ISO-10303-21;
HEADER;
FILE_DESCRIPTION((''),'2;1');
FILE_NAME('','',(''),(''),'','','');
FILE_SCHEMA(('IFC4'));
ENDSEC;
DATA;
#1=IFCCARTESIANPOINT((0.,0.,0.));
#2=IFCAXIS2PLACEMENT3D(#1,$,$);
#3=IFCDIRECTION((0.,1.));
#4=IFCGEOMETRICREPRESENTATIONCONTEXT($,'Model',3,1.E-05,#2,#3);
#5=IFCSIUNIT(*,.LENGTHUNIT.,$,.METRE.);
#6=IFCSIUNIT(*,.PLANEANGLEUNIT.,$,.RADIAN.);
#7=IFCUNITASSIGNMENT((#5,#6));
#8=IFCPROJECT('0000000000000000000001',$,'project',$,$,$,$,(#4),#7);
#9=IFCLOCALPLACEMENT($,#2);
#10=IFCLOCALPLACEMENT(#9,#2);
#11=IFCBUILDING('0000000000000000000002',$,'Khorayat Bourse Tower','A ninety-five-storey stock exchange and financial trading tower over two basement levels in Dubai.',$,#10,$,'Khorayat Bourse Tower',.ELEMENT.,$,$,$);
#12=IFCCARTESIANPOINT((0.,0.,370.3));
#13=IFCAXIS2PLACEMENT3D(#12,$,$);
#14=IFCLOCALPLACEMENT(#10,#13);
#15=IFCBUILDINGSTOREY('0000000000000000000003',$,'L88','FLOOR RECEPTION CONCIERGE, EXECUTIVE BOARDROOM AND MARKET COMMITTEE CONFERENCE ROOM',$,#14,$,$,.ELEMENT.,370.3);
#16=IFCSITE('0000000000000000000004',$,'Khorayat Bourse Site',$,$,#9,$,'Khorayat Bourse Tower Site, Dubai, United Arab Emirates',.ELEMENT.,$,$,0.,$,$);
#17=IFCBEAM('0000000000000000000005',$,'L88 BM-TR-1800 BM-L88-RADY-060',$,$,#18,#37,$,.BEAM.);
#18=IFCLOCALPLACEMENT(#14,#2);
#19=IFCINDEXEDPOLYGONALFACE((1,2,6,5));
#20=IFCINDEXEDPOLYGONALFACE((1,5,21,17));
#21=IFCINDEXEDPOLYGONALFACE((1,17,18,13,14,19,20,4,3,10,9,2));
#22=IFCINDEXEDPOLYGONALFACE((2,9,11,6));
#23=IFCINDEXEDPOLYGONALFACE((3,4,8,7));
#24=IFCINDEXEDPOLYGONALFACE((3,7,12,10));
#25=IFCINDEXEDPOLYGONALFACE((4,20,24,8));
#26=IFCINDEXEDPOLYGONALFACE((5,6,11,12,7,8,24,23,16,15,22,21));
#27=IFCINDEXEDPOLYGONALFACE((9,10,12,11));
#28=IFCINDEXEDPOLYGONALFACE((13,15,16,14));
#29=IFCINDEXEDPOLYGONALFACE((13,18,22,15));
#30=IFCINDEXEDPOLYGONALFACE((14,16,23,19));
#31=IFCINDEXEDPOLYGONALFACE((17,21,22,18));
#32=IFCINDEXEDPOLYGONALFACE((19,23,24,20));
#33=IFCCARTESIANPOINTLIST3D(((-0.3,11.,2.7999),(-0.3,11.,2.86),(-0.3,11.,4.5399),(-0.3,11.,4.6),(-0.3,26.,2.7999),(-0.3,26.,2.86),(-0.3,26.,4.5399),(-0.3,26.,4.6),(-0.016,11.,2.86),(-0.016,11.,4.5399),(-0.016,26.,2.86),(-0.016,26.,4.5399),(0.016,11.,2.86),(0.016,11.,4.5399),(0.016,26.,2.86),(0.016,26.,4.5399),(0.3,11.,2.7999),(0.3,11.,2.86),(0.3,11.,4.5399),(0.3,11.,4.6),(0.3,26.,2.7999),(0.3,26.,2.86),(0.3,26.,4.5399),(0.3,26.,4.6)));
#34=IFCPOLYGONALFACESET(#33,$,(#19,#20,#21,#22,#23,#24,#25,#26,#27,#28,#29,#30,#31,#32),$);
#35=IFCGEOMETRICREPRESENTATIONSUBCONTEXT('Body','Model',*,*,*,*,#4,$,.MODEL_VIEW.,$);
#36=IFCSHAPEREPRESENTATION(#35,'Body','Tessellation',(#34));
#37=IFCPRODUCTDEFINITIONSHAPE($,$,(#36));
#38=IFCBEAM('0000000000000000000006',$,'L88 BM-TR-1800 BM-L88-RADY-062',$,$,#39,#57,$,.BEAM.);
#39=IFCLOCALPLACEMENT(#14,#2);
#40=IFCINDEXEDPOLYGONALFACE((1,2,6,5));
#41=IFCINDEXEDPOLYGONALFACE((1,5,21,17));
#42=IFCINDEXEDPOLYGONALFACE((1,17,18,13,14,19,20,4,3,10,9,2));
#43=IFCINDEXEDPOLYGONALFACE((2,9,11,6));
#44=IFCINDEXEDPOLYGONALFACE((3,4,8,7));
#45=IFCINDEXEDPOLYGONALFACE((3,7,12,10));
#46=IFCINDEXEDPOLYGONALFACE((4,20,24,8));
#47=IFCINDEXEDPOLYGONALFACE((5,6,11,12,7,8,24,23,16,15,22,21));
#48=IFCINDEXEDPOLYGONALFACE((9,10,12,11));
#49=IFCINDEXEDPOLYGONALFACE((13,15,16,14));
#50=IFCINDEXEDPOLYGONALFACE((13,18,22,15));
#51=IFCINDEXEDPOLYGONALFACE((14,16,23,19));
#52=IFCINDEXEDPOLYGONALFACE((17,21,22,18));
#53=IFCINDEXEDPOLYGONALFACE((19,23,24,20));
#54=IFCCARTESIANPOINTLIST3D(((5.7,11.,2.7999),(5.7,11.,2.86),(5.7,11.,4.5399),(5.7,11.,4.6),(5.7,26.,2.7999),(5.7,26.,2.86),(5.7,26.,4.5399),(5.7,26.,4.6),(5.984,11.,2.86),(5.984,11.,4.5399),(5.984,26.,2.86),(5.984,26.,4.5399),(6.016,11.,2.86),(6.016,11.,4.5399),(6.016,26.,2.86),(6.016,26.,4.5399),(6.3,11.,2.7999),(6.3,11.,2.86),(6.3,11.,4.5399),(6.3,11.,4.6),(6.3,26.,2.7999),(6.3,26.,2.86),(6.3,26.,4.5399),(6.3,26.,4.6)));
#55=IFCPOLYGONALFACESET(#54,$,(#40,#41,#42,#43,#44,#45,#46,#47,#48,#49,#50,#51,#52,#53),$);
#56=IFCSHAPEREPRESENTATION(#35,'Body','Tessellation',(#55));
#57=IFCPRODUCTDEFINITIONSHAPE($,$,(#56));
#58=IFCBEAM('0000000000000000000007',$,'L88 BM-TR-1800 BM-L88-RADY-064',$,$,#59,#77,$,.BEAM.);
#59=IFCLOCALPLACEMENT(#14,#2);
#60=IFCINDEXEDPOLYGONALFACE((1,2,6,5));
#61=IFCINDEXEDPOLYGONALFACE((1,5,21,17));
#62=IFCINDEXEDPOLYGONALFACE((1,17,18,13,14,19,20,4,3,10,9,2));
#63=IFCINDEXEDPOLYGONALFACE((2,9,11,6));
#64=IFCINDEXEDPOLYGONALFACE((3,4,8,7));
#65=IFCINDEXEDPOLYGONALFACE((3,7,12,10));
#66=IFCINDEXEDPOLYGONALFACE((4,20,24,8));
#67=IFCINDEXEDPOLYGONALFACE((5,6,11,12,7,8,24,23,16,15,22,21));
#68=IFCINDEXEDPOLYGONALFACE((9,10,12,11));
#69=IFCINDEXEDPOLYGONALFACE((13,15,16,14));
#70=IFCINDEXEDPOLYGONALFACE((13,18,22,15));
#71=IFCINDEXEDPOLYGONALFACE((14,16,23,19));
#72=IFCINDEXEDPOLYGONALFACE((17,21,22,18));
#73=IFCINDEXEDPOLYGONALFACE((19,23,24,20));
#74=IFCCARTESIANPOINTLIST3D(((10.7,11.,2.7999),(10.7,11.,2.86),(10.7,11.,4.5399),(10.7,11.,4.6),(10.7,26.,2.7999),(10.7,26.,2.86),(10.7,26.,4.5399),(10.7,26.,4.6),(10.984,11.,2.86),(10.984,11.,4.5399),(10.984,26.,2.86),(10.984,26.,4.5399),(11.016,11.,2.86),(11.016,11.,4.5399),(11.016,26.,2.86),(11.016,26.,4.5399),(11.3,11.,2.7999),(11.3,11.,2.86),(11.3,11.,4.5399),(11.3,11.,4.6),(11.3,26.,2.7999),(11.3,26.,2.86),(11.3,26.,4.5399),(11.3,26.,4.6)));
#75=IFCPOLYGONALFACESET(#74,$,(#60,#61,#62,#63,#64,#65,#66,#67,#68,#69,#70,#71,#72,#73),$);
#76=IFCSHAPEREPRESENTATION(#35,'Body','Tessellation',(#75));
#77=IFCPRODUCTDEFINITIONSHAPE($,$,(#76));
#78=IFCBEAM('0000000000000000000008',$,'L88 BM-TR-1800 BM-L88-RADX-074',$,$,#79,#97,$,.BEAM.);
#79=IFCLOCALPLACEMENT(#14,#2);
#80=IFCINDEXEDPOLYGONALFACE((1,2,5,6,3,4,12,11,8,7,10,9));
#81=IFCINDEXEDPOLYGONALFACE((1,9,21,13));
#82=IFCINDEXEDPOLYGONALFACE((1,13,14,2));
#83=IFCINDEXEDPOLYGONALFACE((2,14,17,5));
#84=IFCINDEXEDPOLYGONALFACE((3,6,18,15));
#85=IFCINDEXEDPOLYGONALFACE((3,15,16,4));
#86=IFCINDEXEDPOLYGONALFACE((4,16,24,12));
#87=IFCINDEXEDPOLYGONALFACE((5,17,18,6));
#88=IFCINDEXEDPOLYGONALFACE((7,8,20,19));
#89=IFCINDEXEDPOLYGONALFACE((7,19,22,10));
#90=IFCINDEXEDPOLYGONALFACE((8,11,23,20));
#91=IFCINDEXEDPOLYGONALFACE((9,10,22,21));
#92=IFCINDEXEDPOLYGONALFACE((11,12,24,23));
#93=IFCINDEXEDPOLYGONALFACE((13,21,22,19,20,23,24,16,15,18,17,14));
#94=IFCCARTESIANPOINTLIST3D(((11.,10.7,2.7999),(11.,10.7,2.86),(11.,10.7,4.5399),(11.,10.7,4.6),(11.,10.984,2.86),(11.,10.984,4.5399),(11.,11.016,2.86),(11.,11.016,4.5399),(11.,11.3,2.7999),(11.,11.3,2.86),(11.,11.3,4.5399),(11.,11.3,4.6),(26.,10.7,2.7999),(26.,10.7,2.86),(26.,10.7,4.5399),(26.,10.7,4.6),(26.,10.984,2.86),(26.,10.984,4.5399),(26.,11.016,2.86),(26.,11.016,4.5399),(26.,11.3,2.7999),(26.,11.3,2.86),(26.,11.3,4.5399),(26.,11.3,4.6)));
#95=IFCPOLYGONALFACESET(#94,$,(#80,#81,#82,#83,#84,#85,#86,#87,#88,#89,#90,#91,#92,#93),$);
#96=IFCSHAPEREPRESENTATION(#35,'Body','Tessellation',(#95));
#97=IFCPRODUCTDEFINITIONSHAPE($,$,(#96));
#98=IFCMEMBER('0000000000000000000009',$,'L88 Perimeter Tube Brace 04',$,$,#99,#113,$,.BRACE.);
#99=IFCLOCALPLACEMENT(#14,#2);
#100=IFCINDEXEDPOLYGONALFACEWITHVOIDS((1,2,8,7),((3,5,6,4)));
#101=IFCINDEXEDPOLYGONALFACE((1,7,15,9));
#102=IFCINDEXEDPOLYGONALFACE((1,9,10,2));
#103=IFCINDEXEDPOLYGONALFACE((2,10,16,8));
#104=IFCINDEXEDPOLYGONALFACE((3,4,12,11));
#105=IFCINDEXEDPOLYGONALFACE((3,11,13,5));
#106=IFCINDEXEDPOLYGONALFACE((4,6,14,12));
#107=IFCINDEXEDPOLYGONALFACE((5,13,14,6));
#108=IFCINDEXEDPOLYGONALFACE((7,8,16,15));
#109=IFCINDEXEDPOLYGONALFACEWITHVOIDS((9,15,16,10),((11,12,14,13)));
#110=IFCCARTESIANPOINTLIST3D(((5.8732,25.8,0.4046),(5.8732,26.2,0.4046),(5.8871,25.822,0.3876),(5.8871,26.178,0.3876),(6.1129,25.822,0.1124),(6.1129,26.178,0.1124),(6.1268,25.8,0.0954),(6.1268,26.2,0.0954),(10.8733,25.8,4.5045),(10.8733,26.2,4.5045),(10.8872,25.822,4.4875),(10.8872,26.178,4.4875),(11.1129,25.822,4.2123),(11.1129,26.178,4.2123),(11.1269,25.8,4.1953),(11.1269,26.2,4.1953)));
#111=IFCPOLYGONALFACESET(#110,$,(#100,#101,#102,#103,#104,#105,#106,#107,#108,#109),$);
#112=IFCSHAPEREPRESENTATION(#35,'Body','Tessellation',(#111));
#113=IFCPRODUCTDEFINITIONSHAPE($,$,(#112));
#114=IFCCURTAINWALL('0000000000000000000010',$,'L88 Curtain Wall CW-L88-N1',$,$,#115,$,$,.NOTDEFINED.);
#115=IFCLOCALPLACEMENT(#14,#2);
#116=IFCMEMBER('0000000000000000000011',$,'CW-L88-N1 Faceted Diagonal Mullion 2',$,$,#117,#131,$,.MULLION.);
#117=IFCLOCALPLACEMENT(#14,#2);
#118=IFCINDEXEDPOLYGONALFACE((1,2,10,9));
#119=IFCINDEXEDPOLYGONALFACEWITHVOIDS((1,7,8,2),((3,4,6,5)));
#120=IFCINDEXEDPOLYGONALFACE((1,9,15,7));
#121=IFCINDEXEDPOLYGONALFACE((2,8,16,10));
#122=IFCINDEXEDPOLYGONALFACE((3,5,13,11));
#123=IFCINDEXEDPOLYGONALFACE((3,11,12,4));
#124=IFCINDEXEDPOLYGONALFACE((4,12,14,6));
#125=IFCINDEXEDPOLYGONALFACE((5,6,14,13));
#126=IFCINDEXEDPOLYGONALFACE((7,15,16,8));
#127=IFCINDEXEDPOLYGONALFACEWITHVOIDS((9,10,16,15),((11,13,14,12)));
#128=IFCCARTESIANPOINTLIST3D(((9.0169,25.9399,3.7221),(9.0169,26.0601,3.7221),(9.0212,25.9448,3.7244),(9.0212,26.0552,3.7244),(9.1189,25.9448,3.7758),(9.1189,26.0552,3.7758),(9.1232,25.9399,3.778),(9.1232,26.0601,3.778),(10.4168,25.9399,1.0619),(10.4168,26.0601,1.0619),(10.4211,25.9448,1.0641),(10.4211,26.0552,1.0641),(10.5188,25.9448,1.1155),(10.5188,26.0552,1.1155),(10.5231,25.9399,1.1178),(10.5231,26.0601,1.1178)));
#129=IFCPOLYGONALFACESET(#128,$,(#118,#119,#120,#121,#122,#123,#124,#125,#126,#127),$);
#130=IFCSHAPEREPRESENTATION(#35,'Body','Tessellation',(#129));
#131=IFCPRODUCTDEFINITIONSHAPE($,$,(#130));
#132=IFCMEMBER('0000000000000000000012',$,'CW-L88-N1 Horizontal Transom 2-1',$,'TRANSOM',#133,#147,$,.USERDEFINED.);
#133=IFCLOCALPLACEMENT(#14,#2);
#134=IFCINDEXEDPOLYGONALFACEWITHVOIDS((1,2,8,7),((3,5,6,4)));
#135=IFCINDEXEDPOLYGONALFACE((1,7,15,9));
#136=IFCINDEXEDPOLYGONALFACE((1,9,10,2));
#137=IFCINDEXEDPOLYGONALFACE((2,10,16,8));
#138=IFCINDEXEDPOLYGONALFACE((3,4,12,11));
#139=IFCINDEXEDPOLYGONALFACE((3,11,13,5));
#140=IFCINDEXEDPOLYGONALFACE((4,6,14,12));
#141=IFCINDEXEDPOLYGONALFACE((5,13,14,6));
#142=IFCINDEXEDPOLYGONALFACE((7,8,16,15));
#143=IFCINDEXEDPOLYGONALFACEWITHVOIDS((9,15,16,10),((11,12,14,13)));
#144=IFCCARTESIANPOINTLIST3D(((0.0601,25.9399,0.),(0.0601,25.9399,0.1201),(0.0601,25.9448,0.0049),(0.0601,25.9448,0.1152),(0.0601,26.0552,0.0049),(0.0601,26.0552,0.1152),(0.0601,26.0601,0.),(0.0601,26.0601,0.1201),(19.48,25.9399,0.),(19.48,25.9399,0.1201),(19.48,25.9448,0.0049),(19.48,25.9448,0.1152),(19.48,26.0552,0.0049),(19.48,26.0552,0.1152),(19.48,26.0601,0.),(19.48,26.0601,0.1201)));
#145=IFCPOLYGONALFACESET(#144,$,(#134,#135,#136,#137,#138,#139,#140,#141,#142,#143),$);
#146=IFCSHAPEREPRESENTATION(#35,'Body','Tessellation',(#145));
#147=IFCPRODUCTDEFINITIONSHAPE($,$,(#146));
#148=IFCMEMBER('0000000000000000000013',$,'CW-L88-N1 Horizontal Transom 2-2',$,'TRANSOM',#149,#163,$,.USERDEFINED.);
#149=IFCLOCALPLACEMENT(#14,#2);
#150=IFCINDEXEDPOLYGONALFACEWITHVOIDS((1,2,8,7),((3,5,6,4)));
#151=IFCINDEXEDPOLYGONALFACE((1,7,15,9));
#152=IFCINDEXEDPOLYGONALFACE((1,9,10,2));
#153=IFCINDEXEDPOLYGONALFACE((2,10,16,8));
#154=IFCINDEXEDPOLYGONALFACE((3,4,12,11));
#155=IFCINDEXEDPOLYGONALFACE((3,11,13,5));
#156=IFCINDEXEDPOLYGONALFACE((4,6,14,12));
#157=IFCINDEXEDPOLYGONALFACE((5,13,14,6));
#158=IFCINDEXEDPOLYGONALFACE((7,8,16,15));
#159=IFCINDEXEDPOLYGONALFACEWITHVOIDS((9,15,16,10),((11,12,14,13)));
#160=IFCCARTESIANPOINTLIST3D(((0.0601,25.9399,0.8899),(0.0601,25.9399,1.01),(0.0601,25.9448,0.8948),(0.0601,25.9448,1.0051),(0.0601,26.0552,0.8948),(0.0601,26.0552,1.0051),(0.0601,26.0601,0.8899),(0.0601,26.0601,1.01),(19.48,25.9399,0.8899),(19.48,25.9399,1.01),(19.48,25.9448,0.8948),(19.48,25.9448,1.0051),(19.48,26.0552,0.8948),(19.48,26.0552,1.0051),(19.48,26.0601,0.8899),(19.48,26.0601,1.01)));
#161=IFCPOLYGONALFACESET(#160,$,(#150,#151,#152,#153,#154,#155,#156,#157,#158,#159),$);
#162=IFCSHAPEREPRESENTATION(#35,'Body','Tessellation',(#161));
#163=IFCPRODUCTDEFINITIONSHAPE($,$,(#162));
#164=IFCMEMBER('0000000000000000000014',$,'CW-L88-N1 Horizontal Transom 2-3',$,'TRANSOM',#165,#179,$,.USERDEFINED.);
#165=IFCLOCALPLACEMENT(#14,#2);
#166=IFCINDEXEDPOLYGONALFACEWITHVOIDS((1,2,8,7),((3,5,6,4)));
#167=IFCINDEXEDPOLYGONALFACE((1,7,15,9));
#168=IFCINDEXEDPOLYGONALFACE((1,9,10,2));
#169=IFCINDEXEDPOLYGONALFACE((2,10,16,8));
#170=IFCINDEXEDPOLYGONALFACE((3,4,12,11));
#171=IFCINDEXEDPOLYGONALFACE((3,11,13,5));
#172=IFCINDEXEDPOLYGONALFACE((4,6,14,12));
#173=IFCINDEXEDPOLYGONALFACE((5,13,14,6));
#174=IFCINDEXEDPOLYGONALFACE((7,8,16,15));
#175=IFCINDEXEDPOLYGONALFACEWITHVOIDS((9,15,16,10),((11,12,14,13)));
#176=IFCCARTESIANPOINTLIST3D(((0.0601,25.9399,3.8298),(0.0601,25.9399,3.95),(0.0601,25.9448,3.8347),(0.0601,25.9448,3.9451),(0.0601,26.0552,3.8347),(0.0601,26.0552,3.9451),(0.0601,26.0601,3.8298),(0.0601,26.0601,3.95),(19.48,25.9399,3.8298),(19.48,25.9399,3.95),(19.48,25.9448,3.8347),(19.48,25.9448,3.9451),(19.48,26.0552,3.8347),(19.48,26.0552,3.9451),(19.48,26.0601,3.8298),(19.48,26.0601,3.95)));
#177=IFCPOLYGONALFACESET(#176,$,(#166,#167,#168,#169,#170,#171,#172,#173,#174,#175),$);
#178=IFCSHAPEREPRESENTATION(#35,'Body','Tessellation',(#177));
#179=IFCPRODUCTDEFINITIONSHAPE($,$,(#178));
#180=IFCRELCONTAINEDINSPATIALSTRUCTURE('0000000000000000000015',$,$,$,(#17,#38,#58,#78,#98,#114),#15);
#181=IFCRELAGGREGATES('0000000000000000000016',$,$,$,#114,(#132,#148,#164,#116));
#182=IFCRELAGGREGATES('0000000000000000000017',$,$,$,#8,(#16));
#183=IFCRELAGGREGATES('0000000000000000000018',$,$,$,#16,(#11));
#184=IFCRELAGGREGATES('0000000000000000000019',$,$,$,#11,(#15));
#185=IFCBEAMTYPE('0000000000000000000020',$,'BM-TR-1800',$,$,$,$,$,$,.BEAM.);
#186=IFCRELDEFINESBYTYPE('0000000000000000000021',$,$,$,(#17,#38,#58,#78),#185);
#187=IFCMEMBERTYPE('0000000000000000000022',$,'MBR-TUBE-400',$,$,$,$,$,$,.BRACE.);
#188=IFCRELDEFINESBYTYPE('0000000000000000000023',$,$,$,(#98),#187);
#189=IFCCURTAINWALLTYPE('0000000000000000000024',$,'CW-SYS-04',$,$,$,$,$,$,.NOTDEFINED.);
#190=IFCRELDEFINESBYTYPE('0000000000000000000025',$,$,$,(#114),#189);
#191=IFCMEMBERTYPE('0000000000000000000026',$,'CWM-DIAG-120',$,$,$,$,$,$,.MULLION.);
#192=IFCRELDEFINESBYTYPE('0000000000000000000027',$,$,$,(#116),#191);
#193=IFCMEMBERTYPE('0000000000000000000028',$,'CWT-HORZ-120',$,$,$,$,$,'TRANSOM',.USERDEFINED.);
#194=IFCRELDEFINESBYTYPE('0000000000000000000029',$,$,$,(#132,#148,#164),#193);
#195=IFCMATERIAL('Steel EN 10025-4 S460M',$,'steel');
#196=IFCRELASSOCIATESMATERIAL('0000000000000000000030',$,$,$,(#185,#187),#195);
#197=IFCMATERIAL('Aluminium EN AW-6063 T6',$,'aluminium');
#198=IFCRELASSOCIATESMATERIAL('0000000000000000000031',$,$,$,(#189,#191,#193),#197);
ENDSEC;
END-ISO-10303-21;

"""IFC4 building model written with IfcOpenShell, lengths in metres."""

from ifc_helpers import new_model, si_unit, direction, frame, origin, origin_2d, place, context, subcontext, project, spatial, hollow_rectangle, i_section, extrude, source, transform, mapped, material, material_profile, profile_set, type_object, element, aggregate, save


model = new_model("IFC4")

# Units and contexts
model_context = context("Model", 3, precision=1e-05, world=origin(), true_north=direction((0.0, 1.0)))
body_context = subcontext(model_context, "Body", "Model", "MODEL_VIEW")
ifc_project = project(units=[si_unit("LENGTHUNIT", "METRE"), si_unit("PLANEANGLEUNIT", "RADIAN")], contexts=[model_context])

# Site, building, storey
site_placement = place(None, origin())
site = spatial("IfcSite", under=ifc_project, at=site_placement, Name="Khorayat Bourse Site", LongName="Khorayat Bourse Tower Site, Dubai, United Arab Emirates", CompositionType="ELEMENT", RefElevation=0.0)
building_placement = place(site_placement, origin())
building = spatial("IfcBuilding", under=site, at=building_placement, Name="Khorayat Bourse Tower", Description="A ninety-five-storey stock exchange and financial trading tower over two basement levels in Dubai.", LongName="Khorayat Bourse Tower", CompositionType="ELEMENT")
storey_placement = place(building_placement, frame((0.0, 0.0, 370.3)))
storey = spatial("IfcBuildingStorey", under=building, at=storey_placement, Name="L88", Description="FLOOR RECEPTION CONCIERGE, EXECUTIVE BOARDROOM AND MARKET COMMITTEE CONFERENCE ROOM", CompositionType="ELEMENT", Elevation=370.3)

# Beams
ifc_material_1 = material(Name="Steel EN 10025-4 S460M", Category="steel")
ifc_material_profile_1 = material_profile(ifc_material_1, i_section(OverallWidth=0.6001, OverallDepth=1.8, WebThickness=0.032, FlangeThickness=0.0601, at=origin_2d()), Name="PG 1800x600x32x60")
ifc_profile_set_1 = profile_set([ifc_material_profile_1], Name="Steel EN 10025-4 S460M")
beam_type_1 = type_object("IfcBeamType", Name="BM-TR-1800", PredefinedType="BEAM", material=ifc_profile_set_1)
shared_shape_1 = source(origin(), body_context, "Body", "SweptSolid", [
    extrude(i_section(OverallWidth=0.6001, OverallDepth=1.8, WebThickness=0.032, FlangeThickness=0.0601, at=origin_2d()), origin(), (0.0, 0.0, 1.0), 15.0),
])
for number, where, z_axis, x_axis, name in (
    (1, (0.0, 11.0, 3.7), (0.0, 1.0, 0.0), (-1.0, 0.0, 0.0), "L88 BM-TR-1800 BM-L88-RADY-060"),
    (2, (6.0, 11.0, 3.7), (0.0, 1.0, 0.0), (-1.0, 0.0, 0.0), "L88 BM-TR-1800 BM-L88-RADY-062"),
    (3, (11.0, 11.0, 3.7), (0.0, 1.0, 0.0), (-1.0, 0.0, 0.0), "L88 BM-TR-1800 BM-L88-RADY-064"),
    (4, (11.0, 11.0, 3.7), (1.0, 0.0, 0.0), (0.0, 1.0, 0.0), "L88 BM-TR-1800 BM-L88-RADX-074"),
):
    element("IfcBeam", number, at=place(storey_placement, frame(where, z_axis=z_axis, x_axis=x_axis)), inside=storey, type_object=beam_type_1, Name=name, PredefinedType="BEAM", context=body_context, shape_type="MappedRepresentation", body=[
        mapped(shared_shape_1, transform((0.0, 0.0, 0.0), scale=1.0)),
    ])

# Member
ifc_material_profile_2 = material_profile(ifc_material_1, hollow_rectangle(XDim=0.3999, YDim=0.3999, WallThickness=0.022, at=origin_2d()), Name="HSS 400x400x22")
ifc_profile_set_2 = profile_set([ifc_material_profile_2], Name="Steel EN 10025-4 S460M")
member_type_1 = type_object("IfcMemberType", Name="MBR-TUBE-400", PredefinedType="BRACE", material=ifc_profile_set_2)
shared_shape_2 = source(origin(), body_context, "Body", "SweptSolid", [
    extrude(hollow_rectangle(XDim=0.3999, YDim=0.3999, WallThickness=0.022, at=origin_2d()), origin(), (0.0, 0.0, 1.0), 6.4661),
])
member_1_placement = place(storey_placement, frame((6.0, 26.0, 0.25), z_axis=(0.773279, 0.0, 0.634066), x_axis=(0.0, 1.0, 0.0)))
element("IfcMember", 5, at=member_1_placement, inside=storey, type_object=member_type_1, Name="L88 Perimeter Tube Brace 04", PredefinedType="BRACE", context=body_context, shape_type="MappedRepresentation", body=[
    mapped(shared_shape_2, transform((0.0, 0.0, 0.0), scale=1.0)),
])

# Curtain wall, members
ifc_material_2 = material(Name="Aluminium EN AW-6063 T6", Category="aluminium")
curtain_wall_type = type_object("IfcCurtainWallType", Name="CW-SYS-04", PredefinedType="NOTDEFINED", material=ifc_material_2)
curtain_wall_placement = place(storey_placement, origin())
curtain_wall = element("IfcCurtainWall", 6, at=curtain_wall_placement, inside=storey, type_object=curtain_wall_type, Name="L88 Curtain Wall CW-L88-N1", PredefinedType="NOTDEFINED")
ifc_material_profile_3 = material_profile(ifc_material_2, hollow_rectangle(XDim=0.1201, YDim=0.1201, WallThickness=0.0049, at=origin_2d()), Name="ALU 120x120x5")
ifc_profile_set_3 = profile_set([ifc_material_profile_3], Name="Aluminium EN AW-6063 T6")
member_type_2 = type_object("IfcMemberType", Name="CWM-DIAG-120", PredefinedType="MULLION", material=ifc_profile_set_3)
shared_shape_3 = source(origin(), body_context, "Body", "SweptSolid", [
    extrude(hollow_rectangle(XDim=0.1201, YDim=0.1201, WallThickness=0.0049, at=origin_2d()), origin(), (0.0, 0.0, 1.0), 3.0061),
])
member_2_placement = place(storey_placement, frame((10.47, 26.0, 1.0898), z_axis=(-0.4657, 0.0, 0.884943), x_axis=(0.0, -1.0, 0.0)))
member_2 = element("IfcMember", 7, at=member_2_placement, type_object=member_type_2, Name="CW-L88-N1 Faceted Diagonal Mullion 2", PredefinedType="MULLION", context=body_context, shape_type="MappedRepresentation", body=[
    mapped(shared_shape_3, transform((0.0, 0.0, 0.0), scale=1.0)),
])
ifc_material_profile_4 = material_profile(ifc_material_2, hollow_rectangle(XDim=0.1201, YDim=0.1201, WallThickness=0.0049, at=origin_2d()), Name="ALU 120x120x5")
ifc_profile_set_4 = profile_set([ifc_material_profile_4], Name="Aluminium EN AW-6063 T6")
member_type_3 = type_object("IfcMemberType", Name="CWT-HORZ-120", ElementType="TRANSOM", PredefinedType="USERDEFINED", material=ifc_profile_set_4)
shared_shape_4 = source(origin(), body_context, "Body", "SweptSolid", [
    extrude(hollow_rectangle(XDim=0.1201, YDim=0.1201, WallThickness=0.0049, at=origin_2d()), origin(), (0.0, 0.0, 1.0), 19.4199),
])
member_3_placement = place(storey_placement, frame((0.0601, 26.0, 0.0601), z_axis=(1.0, 0.0, 0.0), x_axis=(0.0, 1.0, 0.0)))
member_3 = element("IfcMember", 8, at=member_3_placement, type_object=member_type_3, Name="CW-L88-N1 Horizontal Transom 2-1", ObjectType="TRANSOM", PredefinedType="USERDEFINED", context=body_context, shape_type="MappedRepresentation", body=[
    mapped(shared_shape_4, transform((0.0, 0.0, 0.0), scale=1.0)),
])
member_4_placement = place(storey_placement, frame((0.0601, 26.0, 0.95), z_axis=(1.0, 0.0, 0.0), x_axis=(0.0, 1.0, 0.0)))
member_4 = element("IfcMember", 9, at=member_4_placement, type_object=member_type_3, Name="CW-L88-N1 Horizontal Transom 2-2", ObjectType="TRANSOM", PredefinedType="USERDEFINED", context=body_context, shape_type="MappedRepresentation", body=[
    mapped(shared_shape_4, transform((0.0, 0.0, 0.0), scale=1.0)),
])
member_5_placement = place(storey_placement, frame((0.0601, 26.0, 3.8899), z_axis=(1.0, 0.0, 0.0), x_axis=(0.0, 1.0, 0.0)))
member_5 = element("IfcMember", 10, at=member_5_placement, type_object=member_type_3, Name="CW-L88-N1 Horizontal Transom 2-3", ObjectType="TRANSOM", PredefinedType="USERDEFINED", context=body_context, shape_type="MappedRepresentation", body=[
    mapped(shared_shape_4, transform((0.0, 0.0, 0.0), scale=1.0)),
])

aggregate(curtain_wall, [member_3, member_4, member_5, member_2])

save(model, "model.ifc")
